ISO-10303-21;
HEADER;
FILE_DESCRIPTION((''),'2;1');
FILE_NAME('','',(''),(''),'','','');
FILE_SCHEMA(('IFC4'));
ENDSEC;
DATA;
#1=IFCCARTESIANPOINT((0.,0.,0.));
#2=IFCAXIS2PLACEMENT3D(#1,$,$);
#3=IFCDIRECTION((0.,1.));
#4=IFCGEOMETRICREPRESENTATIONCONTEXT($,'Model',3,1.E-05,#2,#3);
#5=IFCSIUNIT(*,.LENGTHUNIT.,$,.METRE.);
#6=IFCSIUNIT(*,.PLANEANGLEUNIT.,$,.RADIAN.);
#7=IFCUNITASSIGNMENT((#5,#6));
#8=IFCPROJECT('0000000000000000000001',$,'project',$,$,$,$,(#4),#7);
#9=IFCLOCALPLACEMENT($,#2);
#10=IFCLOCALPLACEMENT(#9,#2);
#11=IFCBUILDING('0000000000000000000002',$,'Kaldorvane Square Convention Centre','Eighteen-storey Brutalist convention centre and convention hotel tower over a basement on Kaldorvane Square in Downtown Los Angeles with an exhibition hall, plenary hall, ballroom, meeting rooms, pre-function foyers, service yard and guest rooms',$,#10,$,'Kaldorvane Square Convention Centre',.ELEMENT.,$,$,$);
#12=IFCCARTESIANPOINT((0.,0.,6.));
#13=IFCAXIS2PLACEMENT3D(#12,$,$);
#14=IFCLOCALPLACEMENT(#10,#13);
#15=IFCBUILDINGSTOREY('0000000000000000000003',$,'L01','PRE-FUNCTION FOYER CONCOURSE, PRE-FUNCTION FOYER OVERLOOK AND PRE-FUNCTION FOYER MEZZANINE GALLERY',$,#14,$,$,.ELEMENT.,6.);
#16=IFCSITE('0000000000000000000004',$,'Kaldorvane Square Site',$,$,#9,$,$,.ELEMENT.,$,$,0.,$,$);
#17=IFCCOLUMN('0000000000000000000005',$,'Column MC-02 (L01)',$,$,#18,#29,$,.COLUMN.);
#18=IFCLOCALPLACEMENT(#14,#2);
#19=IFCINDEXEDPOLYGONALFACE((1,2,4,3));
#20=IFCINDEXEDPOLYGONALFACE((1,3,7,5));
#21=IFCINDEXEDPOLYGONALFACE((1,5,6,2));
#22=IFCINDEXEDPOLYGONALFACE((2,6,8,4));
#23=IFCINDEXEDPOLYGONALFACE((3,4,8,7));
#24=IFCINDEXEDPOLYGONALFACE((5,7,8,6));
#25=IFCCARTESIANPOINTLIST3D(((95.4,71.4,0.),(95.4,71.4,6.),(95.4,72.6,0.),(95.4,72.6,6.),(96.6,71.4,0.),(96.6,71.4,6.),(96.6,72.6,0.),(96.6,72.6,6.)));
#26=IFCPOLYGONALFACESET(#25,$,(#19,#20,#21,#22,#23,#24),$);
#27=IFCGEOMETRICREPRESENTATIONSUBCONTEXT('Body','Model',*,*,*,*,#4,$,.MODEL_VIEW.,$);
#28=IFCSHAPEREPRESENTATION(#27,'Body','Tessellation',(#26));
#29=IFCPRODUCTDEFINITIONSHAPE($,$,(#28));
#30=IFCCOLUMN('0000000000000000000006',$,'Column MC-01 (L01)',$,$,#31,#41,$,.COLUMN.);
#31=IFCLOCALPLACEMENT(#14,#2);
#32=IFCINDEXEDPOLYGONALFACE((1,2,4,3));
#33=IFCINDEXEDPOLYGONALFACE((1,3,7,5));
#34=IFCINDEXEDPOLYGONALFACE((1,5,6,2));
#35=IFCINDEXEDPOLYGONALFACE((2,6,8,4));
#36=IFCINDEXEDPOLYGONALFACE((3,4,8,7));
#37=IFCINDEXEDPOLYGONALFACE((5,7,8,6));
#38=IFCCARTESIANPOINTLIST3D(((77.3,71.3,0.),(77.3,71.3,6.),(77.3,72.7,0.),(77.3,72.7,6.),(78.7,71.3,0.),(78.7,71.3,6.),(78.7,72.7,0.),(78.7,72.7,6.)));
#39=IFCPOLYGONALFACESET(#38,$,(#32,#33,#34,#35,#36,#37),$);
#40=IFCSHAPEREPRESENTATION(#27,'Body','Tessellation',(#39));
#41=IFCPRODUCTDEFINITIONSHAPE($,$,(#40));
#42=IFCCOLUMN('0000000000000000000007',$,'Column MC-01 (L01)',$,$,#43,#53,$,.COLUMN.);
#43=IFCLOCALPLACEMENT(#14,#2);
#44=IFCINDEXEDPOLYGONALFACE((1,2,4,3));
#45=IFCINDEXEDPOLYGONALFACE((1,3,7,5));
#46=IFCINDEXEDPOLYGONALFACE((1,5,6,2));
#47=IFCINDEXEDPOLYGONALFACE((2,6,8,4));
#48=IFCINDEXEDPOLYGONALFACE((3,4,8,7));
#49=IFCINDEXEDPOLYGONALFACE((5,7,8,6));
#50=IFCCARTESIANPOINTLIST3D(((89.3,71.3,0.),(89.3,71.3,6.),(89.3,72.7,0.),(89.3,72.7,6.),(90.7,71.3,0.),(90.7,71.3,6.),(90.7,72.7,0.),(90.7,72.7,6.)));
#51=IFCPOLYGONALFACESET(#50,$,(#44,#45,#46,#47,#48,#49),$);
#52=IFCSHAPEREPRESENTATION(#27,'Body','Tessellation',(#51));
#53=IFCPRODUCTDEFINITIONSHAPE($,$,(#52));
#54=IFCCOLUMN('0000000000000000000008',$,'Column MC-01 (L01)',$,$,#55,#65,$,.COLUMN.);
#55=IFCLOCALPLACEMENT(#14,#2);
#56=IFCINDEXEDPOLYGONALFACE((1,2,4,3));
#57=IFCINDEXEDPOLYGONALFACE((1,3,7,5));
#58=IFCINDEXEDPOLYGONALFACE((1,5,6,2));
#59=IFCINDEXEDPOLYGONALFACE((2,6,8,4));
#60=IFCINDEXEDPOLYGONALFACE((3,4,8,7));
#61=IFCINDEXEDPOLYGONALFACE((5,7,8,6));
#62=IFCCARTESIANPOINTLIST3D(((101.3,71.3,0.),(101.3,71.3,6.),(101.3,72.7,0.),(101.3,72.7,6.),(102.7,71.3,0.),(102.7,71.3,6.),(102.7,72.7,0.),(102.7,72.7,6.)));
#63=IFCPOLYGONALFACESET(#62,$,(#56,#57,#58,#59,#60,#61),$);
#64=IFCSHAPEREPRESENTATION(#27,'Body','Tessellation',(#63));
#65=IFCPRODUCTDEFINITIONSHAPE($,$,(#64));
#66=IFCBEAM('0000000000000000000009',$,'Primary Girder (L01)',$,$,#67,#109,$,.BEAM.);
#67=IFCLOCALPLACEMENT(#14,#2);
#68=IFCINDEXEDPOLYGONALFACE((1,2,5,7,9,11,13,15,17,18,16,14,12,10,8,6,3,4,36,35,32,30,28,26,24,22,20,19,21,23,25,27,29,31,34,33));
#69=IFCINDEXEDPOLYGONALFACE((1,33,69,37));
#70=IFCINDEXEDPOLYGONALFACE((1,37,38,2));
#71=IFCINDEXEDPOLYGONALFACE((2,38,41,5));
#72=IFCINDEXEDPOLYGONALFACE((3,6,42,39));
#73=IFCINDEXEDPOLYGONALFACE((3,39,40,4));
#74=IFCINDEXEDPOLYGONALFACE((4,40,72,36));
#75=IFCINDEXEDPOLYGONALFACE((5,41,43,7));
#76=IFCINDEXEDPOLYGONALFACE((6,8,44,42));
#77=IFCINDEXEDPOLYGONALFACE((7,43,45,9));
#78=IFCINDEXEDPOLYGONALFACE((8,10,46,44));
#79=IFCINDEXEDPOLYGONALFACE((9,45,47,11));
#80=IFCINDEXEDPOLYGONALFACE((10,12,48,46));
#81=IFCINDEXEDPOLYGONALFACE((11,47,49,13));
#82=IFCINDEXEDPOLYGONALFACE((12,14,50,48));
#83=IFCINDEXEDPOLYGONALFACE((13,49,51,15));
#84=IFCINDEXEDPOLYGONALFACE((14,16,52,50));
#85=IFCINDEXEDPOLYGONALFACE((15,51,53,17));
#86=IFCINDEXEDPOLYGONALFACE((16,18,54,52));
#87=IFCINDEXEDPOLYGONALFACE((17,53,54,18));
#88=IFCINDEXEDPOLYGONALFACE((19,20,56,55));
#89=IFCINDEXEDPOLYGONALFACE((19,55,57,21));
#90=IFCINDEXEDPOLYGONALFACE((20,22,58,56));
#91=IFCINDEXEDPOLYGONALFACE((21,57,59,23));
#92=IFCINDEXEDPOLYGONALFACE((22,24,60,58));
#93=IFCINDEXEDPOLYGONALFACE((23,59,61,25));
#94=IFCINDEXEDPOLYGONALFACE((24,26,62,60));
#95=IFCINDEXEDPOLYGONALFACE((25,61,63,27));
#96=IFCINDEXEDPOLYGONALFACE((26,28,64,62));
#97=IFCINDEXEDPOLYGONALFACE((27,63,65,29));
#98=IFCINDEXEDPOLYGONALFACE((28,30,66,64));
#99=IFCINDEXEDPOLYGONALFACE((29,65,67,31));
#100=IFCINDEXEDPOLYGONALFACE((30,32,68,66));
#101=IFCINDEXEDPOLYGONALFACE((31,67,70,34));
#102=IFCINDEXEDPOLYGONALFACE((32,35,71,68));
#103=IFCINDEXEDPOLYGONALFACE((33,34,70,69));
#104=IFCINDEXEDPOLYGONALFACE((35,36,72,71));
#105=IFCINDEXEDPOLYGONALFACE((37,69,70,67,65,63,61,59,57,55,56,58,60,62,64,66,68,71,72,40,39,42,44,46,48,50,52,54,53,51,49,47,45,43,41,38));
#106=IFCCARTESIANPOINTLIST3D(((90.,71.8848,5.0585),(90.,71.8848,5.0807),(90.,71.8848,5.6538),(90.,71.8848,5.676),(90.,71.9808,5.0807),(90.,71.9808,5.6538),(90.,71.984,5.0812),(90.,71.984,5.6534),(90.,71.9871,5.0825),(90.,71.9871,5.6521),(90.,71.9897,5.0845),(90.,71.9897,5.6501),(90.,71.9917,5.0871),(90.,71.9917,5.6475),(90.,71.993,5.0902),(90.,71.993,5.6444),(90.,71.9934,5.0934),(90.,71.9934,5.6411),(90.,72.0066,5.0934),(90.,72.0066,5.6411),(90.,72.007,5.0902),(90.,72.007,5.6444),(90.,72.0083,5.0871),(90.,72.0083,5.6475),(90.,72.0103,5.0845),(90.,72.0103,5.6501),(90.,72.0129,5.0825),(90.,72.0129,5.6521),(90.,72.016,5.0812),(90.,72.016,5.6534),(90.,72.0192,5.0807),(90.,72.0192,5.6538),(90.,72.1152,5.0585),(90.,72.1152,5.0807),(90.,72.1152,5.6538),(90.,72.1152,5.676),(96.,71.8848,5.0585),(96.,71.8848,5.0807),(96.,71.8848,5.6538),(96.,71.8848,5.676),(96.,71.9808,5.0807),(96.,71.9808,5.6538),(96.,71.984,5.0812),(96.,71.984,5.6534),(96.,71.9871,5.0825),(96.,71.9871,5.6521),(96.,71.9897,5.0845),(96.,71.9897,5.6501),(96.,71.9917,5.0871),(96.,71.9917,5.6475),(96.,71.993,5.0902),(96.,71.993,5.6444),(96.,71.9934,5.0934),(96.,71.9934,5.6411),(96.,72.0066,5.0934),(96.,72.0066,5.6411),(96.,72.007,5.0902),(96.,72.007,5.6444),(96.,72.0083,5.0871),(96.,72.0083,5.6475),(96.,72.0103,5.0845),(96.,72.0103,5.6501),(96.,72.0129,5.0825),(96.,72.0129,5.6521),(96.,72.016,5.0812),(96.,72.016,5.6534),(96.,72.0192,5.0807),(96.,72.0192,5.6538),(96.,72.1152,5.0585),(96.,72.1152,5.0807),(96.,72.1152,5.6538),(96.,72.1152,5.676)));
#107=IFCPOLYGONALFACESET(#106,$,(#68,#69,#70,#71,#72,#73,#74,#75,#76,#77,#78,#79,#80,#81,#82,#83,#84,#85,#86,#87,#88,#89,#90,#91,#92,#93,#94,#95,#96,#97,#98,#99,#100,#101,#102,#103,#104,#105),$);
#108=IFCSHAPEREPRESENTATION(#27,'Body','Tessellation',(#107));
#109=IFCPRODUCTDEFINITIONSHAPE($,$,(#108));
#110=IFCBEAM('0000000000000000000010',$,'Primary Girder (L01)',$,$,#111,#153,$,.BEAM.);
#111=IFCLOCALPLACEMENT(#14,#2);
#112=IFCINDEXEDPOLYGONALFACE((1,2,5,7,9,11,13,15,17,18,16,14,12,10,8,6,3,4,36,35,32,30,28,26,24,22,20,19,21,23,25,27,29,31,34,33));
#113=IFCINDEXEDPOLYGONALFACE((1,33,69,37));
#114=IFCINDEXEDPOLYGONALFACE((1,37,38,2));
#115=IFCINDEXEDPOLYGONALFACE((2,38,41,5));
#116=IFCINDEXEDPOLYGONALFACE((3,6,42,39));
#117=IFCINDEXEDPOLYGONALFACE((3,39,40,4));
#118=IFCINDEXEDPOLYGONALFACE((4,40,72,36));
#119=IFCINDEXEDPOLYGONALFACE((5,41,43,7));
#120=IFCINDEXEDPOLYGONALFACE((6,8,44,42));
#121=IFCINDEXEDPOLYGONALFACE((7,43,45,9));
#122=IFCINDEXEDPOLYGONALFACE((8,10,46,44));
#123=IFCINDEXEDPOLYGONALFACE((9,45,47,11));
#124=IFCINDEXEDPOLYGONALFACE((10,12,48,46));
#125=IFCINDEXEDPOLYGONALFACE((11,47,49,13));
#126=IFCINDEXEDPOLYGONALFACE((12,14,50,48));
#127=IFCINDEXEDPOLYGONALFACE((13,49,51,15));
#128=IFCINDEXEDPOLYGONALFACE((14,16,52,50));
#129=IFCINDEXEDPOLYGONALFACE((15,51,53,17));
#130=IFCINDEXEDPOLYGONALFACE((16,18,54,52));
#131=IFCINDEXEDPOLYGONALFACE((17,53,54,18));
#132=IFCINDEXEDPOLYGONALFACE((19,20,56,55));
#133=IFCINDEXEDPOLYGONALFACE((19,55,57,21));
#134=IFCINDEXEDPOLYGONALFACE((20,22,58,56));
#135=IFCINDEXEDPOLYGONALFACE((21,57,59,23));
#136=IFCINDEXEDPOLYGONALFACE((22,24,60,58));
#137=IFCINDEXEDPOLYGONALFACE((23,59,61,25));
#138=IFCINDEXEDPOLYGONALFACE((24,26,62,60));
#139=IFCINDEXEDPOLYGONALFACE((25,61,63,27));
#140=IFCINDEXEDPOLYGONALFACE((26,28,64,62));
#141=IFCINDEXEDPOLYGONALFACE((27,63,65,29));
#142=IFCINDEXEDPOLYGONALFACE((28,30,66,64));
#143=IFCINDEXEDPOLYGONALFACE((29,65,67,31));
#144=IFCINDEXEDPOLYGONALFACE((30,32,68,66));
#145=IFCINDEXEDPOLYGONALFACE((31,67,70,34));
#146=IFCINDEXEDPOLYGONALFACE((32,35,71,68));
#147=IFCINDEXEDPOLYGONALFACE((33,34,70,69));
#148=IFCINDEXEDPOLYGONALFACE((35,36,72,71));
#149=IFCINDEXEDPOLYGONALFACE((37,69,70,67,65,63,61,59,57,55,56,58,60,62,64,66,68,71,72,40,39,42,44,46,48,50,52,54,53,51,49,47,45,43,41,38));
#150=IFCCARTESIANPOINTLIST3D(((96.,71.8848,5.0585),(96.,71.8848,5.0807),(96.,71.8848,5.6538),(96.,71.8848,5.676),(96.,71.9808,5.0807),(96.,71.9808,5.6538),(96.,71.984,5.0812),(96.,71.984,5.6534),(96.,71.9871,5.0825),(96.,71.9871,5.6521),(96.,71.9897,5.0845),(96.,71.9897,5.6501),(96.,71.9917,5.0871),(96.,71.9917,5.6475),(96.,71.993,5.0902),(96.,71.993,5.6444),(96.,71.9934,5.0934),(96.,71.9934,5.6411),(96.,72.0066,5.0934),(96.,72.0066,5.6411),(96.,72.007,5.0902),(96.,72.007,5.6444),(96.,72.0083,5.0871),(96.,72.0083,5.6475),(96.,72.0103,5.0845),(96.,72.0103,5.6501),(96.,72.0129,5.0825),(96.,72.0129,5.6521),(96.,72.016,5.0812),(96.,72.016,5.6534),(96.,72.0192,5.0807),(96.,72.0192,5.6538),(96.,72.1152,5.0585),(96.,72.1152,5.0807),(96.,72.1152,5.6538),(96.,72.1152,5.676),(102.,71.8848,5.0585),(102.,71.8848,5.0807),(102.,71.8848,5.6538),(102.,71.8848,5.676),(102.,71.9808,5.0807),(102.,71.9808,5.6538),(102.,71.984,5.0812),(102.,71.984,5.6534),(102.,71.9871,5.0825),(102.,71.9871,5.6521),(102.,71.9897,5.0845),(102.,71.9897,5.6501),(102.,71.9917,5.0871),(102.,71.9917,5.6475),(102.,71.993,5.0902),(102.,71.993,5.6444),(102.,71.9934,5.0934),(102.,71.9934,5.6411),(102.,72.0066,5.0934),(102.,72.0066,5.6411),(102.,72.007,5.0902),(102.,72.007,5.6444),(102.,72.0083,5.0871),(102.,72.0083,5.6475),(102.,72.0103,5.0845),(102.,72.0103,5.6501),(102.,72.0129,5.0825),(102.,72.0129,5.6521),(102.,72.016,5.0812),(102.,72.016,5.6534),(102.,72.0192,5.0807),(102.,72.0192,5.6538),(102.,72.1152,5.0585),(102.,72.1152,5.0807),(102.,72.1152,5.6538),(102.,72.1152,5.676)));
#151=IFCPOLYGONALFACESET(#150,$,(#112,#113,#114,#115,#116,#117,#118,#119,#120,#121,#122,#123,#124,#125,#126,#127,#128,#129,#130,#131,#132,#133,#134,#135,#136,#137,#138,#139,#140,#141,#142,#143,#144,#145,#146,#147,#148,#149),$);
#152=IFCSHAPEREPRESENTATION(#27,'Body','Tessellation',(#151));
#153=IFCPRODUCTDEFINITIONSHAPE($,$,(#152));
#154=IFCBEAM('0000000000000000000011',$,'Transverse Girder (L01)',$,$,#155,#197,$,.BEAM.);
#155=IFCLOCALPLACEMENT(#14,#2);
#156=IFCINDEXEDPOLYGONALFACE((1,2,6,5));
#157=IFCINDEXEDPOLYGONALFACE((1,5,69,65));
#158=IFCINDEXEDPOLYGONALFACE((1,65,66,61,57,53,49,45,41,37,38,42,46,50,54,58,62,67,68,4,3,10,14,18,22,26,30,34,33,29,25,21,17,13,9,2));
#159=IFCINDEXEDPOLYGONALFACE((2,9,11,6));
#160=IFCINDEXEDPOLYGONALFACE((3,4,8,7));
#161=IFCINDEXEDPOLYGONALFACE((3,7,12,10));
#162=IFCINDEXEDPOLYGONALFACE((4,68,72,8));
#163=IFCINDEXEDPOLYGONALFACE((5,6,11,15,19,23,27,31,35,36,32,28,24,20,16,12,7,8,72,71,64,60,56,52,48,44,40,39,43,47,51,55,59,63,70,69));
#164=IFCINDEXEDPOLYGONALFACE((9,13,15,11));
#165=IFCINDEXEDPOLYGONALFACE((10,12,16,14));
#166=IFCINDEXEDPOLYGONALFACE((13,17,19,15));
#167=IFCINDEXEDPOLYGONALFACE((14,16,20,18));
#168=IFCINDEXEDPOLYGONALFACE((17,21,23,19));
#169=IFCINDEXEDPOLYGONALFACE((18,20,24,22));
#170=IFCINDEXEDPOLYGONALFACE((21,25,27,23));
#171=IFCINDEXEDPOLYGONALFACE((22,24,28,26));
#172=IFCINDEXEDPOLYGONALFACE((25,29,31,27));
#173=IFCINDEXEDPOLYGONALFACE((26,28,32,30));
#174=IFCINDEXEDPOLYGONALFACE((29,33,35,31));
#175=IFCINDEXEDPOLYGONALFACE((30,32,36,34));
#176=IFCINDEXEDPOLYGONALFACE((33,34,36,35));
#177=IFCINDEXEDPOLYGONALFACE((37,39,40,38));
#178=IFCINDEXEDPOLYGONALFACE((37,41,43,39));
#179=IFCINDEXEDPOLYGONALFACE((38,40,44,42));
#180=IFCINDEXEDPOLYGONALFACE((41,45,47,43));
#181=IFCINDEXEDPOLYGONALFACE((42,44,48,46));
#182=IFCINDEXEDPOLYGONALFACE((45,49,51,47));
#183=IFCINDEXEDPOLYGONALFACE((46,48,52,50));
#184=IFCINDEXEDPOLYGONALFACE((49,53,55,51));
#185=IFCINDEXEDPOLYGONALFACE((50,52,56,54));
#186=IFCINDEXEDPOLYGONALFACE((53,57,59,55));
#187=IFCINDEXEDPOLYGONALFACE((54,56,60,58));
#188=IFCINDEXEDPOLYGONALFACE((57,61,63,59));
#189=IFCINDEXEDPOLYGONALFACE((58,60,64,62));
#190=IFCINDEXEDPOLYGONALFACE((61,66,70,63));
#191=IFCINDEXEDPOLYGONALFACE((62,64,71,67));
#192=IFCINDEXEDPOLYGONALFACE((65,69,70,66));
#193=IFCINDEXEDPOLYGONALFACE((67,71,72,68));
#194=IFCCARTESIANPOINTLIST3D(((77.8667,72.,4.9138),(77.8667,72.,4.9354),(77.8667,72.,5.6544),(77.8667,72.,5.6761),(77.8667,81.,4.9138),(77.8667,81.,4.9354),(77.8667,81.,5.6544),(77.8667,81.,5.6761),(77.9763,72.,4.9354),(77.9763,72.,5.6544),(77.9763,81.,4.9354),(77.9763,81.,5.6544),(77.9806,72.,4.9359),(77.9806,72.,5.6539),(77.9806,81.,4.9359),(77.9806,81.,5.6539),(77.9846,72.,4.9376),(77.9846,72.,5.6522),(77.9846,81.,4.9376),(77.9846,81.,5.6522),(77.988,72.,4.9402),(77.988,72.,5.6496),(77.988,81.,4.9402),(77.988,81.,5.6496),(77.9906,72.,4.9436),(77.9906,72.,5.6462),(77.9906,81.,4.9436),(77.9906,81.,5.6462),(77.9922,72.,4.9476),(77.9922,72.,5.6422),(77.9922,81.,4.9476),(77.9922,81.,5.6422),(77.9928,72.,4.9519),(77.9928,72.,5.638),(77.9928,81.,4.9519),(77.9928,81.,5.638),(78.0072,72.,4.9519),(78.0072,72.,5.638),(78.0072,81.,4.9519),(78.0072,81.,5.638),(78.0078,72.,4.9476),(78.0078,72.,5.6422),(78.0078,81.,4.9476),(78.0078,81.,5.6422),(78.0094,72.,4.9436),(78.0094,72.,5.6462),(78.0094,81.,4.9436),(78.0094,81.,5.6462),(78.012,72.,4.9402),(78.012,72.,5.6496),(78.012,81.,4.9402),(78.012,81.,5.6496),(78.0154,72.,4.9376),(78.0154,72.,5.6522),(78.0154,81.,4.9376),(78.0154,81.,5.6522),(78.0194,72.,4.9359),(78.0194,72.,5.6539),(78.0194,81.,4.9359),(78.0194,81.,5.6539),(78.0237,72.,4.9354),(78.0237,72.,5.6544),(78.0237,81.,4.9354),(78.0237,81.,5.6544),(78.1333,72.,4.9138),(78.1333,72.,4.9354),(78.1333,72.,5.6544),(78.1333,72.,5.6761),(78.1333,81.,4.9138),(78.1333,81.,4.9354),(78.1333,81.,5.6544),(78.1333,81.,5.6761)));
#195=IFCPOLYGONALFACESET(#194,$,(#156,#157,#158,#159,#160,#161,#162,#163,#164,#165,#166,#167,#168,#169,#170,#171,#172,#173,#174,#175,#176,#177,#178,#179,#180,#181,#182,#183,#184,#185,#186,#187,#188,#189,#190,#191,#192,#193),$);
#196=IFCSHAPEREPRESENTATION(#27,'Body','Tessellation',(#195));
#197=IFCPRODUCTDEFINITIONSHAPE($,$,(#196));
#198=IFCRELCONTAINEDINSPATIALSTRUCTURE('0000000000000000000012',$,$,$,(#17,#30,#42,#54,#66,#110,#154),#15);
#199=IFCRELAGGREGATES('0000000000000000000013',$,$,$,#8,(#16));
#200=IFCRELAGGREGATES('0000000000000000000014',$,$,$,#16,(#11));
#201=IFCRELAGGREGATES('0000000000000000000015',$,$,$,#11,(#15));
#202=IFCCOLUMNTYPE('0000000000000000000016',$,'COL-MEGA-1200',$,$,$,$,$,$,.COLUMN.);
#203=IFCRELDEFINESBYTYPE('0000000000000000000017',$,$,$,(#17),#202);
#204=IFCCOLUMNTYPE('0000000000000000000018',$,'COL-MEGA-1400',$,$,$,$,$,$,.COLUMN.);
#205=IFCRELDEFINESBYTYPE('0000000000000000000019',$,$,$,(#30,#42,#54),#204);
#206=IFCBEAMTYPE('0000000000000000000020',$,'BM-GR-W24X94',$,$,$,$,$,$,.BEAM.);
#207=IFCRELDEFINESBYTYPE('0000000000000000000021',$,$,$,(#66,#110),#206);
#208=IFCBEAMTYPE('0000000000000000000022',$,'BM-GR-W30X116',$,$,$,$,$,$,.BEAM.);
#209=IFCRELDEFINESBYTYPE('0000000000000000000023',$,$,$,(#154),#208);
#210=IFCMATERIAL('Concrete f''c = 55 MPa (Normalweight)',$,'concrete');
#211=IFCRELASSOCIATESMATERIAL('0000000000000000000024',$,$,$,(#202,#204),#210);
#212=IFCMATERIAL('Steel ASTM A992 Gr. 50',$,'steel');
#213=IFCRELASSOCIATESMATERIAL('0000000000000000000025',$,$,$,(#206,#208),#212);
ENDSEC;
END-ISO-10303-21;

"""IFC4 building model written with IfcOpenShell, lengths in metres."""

from ifc_helpers import new_model, si_unit, direction, frame, origin, origin_2d, place, context, subcontext, project, spatial, rectangle, i_section, extrude, material, material_profile, profile_set, type_object, element, save


model = new_model("IFC4")

# Units and contexts
model_context = context("Model", 3, precision=1e-05, world=origin(), true_north=direction((0.0, 1.0)))
body_context = subcontext(model_context, "Body", "Model", "MODEL_VIEW")
ifc_project = project(units=[si_unit("LENGTHUNIT", "METRE"), si_unit("PLANEANGLEUNIT", "RADIAN")], contexts=[model_context])

# Site, building, storey
site_placement = place(None, origin())
site = spatial("IfcSite", under=ifc_project, at=site_placement, Name="Kaldorvane Square Site", CompositionType="ELEMENT", RefElevation=0.0)
building_placement = place(site_placement, origin())
building = spatial("IfcBuilding", under=site, at=building_placement, Name="Kaldorvane Square Convention Centre", Description="Eighteen-storey Brutalist convention centre and convention hotel tower over a basement on Kaldorvane Square in Downtown Los Angeles with an exhibition hall, plenary hall, ballroom, meeting rooms, pre-function foyers, service yard and guest rooms", LongName="Kaldorvane Square Convention Centre", CompositionType="ELEMENT")
storey_placement = place(building_placement, frame((0.0, 0.0, 6.0)))
storey = spatial("IfcBuildingStorey", under=building, at=storey_placement, Name="L01", Description="PRE-FUNCTION FOYER CONCOURSE, PRE-FUNCTION FOYER OVERLOOK AND PRE-FUNCTION FOYER MEZZANINE GALLERY", CompositionType="ELEMENT", Elevation=6.0)

# Columns
ifc_material_1 = material(Name="Concrete f'c = 55 MPa (Normalweight)", Category="concrete")
ifc_material_profile_1 = material_profile(ifc_material_1, rectangle(XDim=1.2, YDim=1.2, at=origin_2d()), Name="RC1200X1200")
ifc_profile_set_1 = profile_set([ifc_material_profile_1], Name="Concrete f'c = 55 MPa (Normalweight)")
column_type_1 = type_object("IfcColumnType", Name="COL-MEGA-1200", PredefinedType="COLUMN", material=ifc_profile_set_1)
column_placement = place(storey_placement, frame((96.0, 72.0, 0.0), z_axis=(0.0, 0.0, 1.0), x_axis=(1.0, 0.0, 0.0)))
element("IfcColumn", 1, at=column_placement, inside=storey, type_object=column_type_1, Name="Column MC-02 (L01)", PredefinedType="COLUMN", context=body_context, shape_type="SweptSolid", body=[
    extrude(rectangle(XDim=1.2, YDim=1.2, at=origin_2d()), origin(), (0.0, 0.0, 1.0), 6.0),
])
ifc_material_profile_2 = material_profile(ifc_material_1, rectangle(XDim=1.4, YDim=1.4, at=origin_2d()), Name="RC1400X1400")
ifc_profile_set_2 = profile_set([ifc_material_profile_2], Name="Concrete f'c = 55 MPa (Normalweight)")
column_type_2 = type_object("IfcColumnType", Name="COL-MEGA-1400", PredefinedType="COLUMN", material=ifc_profile_set_2)
for number, where, z_axis, x_axis, name in (
    (2, (78.0, 72.0, 0.0), (0.0, 0.0, 1.0), (1.0, 0.0, 0.0), "Column MC-01 (L01)"),
    (3, (90.0, 72.0, 0.0), (0.0, 0.0, 1.0), (1.0, 0.0, 0.0), "Column MC-01 (L01)"),
    (4, (102.0, 72.0, 0.0), (0.0, 0.0, 1.0), (1.0, 0.0, 0.0), "Column MC-01 (L01)"),
):
    element("IfcColumn", number, at=place(storey_placement, frame(where, z_axis=z_axis, x_axis=x_axis)), inside=storey, type_object=column_type_2, Name=name, PredefinedType="COLUMN", context=body_context, shape_type="SweptSolid", body=[
        extrude(rectangle(XDim=1.4, YDim=1.4, at=origin_2d()), origin(), (0.0, 0.0, 1.0), 6.0),
    ])

# Beams
ifc_material_2 = material(Name="Steel ASTM A992 Gr. 50", Category="steel")
ifc_material_profile_3 = material_profile(ifc_material_2, i_section(OverallWidth=0.2303, OverallDepth=0.6175, WebThickness=0.0131, FlangeThickness=0.0222, FilletRadius=0.0127, at=origin_2d()), Name="W24X94")
ifc_profile_set_3 = profile_set([ifc_material_profile_3], Name="Steel ASTM A992 Gr. 50")
beam_type_1 = type_object("IfcBeamType", Name="BM-GR-W24X94", PredefinedType="BEAM", material=ifc_profile_set_3)
for number, where, z_axis, x_axis, name in (
    (5, (90.0, 72.0, 5.3673), (1.0, 0.0, 0.0), (0.0, 1.0, 0.0), "Primary Girder (L01)"),
    (6, (96.0, 72.0, 5.3673), (1.0, 0.0, 0.0), (0.0, 1.0, 0.0), "Primary Girder (L01)"),
):
    element("IfcBeam", number, at=place(storey_placement, frame(where, z_axis=z_axis, x_axis=x_axis)), inside=storey, type_object=beam_type_1, Name=name, PredefinedType="BEAM", context=body_context, shape_type="SweptSolid", body=[
        extrude(i_section(OverallWidth=0.2303, OverallDepth=0.6175, WebThickness=0.0131, FlangeThickness=0.0222, FilletRadius=0.0127, at=origin_2d()), origin(), (0.0, 0.0, 1.0), 6.0),
    ])
ifc_material_profile_4 = material_profile(ifc_material_2, i_section(OverallWidth=0.2666, OverallDepth=0.7623, WebThickness=0.0144, FlangeThickness=0.0216, FilletRadius=0.0165, at=origin_2d()), Name="W30X116")
ifc_profile_set_4 = profile_set([ifc_material_profile_4], Name="Steel ASTM A992 Gr. 50")
beam_type_2 = type_object("IfcBeamType", Name="BM-GR-W30X116", PredefinedType="BEAM", material=ifc_profile_set_4)
for number, where, z_axis, x_axis, name in (
    (7, (78.0, 72.0, 5.2949), (0.0, 1.0, 0.0), (-1.0, 0.0, 0.0), "Transverse Girder (L01)"),
):
    element("IfcBeam", number, at=place(storey_placement, frame(where, z_axis=z_axis, x_axis=x_axis)), inside=storey, type_object=beam_type_2, Name=name, PredefinedType="BEAM", context=body_context, shape_type="SweptSolid", body=[
        extrude(i_section(OverallWidth=0.2666, OverallDepth=0.7623, WebThickness=0.0144, FlangeThickness=0.0216, FilletRadius=0.0165, at=origin_2d()), origin(), (0.0, 0.0, 1.0), 9.0),
    ])

save(model, "model.ifc")
